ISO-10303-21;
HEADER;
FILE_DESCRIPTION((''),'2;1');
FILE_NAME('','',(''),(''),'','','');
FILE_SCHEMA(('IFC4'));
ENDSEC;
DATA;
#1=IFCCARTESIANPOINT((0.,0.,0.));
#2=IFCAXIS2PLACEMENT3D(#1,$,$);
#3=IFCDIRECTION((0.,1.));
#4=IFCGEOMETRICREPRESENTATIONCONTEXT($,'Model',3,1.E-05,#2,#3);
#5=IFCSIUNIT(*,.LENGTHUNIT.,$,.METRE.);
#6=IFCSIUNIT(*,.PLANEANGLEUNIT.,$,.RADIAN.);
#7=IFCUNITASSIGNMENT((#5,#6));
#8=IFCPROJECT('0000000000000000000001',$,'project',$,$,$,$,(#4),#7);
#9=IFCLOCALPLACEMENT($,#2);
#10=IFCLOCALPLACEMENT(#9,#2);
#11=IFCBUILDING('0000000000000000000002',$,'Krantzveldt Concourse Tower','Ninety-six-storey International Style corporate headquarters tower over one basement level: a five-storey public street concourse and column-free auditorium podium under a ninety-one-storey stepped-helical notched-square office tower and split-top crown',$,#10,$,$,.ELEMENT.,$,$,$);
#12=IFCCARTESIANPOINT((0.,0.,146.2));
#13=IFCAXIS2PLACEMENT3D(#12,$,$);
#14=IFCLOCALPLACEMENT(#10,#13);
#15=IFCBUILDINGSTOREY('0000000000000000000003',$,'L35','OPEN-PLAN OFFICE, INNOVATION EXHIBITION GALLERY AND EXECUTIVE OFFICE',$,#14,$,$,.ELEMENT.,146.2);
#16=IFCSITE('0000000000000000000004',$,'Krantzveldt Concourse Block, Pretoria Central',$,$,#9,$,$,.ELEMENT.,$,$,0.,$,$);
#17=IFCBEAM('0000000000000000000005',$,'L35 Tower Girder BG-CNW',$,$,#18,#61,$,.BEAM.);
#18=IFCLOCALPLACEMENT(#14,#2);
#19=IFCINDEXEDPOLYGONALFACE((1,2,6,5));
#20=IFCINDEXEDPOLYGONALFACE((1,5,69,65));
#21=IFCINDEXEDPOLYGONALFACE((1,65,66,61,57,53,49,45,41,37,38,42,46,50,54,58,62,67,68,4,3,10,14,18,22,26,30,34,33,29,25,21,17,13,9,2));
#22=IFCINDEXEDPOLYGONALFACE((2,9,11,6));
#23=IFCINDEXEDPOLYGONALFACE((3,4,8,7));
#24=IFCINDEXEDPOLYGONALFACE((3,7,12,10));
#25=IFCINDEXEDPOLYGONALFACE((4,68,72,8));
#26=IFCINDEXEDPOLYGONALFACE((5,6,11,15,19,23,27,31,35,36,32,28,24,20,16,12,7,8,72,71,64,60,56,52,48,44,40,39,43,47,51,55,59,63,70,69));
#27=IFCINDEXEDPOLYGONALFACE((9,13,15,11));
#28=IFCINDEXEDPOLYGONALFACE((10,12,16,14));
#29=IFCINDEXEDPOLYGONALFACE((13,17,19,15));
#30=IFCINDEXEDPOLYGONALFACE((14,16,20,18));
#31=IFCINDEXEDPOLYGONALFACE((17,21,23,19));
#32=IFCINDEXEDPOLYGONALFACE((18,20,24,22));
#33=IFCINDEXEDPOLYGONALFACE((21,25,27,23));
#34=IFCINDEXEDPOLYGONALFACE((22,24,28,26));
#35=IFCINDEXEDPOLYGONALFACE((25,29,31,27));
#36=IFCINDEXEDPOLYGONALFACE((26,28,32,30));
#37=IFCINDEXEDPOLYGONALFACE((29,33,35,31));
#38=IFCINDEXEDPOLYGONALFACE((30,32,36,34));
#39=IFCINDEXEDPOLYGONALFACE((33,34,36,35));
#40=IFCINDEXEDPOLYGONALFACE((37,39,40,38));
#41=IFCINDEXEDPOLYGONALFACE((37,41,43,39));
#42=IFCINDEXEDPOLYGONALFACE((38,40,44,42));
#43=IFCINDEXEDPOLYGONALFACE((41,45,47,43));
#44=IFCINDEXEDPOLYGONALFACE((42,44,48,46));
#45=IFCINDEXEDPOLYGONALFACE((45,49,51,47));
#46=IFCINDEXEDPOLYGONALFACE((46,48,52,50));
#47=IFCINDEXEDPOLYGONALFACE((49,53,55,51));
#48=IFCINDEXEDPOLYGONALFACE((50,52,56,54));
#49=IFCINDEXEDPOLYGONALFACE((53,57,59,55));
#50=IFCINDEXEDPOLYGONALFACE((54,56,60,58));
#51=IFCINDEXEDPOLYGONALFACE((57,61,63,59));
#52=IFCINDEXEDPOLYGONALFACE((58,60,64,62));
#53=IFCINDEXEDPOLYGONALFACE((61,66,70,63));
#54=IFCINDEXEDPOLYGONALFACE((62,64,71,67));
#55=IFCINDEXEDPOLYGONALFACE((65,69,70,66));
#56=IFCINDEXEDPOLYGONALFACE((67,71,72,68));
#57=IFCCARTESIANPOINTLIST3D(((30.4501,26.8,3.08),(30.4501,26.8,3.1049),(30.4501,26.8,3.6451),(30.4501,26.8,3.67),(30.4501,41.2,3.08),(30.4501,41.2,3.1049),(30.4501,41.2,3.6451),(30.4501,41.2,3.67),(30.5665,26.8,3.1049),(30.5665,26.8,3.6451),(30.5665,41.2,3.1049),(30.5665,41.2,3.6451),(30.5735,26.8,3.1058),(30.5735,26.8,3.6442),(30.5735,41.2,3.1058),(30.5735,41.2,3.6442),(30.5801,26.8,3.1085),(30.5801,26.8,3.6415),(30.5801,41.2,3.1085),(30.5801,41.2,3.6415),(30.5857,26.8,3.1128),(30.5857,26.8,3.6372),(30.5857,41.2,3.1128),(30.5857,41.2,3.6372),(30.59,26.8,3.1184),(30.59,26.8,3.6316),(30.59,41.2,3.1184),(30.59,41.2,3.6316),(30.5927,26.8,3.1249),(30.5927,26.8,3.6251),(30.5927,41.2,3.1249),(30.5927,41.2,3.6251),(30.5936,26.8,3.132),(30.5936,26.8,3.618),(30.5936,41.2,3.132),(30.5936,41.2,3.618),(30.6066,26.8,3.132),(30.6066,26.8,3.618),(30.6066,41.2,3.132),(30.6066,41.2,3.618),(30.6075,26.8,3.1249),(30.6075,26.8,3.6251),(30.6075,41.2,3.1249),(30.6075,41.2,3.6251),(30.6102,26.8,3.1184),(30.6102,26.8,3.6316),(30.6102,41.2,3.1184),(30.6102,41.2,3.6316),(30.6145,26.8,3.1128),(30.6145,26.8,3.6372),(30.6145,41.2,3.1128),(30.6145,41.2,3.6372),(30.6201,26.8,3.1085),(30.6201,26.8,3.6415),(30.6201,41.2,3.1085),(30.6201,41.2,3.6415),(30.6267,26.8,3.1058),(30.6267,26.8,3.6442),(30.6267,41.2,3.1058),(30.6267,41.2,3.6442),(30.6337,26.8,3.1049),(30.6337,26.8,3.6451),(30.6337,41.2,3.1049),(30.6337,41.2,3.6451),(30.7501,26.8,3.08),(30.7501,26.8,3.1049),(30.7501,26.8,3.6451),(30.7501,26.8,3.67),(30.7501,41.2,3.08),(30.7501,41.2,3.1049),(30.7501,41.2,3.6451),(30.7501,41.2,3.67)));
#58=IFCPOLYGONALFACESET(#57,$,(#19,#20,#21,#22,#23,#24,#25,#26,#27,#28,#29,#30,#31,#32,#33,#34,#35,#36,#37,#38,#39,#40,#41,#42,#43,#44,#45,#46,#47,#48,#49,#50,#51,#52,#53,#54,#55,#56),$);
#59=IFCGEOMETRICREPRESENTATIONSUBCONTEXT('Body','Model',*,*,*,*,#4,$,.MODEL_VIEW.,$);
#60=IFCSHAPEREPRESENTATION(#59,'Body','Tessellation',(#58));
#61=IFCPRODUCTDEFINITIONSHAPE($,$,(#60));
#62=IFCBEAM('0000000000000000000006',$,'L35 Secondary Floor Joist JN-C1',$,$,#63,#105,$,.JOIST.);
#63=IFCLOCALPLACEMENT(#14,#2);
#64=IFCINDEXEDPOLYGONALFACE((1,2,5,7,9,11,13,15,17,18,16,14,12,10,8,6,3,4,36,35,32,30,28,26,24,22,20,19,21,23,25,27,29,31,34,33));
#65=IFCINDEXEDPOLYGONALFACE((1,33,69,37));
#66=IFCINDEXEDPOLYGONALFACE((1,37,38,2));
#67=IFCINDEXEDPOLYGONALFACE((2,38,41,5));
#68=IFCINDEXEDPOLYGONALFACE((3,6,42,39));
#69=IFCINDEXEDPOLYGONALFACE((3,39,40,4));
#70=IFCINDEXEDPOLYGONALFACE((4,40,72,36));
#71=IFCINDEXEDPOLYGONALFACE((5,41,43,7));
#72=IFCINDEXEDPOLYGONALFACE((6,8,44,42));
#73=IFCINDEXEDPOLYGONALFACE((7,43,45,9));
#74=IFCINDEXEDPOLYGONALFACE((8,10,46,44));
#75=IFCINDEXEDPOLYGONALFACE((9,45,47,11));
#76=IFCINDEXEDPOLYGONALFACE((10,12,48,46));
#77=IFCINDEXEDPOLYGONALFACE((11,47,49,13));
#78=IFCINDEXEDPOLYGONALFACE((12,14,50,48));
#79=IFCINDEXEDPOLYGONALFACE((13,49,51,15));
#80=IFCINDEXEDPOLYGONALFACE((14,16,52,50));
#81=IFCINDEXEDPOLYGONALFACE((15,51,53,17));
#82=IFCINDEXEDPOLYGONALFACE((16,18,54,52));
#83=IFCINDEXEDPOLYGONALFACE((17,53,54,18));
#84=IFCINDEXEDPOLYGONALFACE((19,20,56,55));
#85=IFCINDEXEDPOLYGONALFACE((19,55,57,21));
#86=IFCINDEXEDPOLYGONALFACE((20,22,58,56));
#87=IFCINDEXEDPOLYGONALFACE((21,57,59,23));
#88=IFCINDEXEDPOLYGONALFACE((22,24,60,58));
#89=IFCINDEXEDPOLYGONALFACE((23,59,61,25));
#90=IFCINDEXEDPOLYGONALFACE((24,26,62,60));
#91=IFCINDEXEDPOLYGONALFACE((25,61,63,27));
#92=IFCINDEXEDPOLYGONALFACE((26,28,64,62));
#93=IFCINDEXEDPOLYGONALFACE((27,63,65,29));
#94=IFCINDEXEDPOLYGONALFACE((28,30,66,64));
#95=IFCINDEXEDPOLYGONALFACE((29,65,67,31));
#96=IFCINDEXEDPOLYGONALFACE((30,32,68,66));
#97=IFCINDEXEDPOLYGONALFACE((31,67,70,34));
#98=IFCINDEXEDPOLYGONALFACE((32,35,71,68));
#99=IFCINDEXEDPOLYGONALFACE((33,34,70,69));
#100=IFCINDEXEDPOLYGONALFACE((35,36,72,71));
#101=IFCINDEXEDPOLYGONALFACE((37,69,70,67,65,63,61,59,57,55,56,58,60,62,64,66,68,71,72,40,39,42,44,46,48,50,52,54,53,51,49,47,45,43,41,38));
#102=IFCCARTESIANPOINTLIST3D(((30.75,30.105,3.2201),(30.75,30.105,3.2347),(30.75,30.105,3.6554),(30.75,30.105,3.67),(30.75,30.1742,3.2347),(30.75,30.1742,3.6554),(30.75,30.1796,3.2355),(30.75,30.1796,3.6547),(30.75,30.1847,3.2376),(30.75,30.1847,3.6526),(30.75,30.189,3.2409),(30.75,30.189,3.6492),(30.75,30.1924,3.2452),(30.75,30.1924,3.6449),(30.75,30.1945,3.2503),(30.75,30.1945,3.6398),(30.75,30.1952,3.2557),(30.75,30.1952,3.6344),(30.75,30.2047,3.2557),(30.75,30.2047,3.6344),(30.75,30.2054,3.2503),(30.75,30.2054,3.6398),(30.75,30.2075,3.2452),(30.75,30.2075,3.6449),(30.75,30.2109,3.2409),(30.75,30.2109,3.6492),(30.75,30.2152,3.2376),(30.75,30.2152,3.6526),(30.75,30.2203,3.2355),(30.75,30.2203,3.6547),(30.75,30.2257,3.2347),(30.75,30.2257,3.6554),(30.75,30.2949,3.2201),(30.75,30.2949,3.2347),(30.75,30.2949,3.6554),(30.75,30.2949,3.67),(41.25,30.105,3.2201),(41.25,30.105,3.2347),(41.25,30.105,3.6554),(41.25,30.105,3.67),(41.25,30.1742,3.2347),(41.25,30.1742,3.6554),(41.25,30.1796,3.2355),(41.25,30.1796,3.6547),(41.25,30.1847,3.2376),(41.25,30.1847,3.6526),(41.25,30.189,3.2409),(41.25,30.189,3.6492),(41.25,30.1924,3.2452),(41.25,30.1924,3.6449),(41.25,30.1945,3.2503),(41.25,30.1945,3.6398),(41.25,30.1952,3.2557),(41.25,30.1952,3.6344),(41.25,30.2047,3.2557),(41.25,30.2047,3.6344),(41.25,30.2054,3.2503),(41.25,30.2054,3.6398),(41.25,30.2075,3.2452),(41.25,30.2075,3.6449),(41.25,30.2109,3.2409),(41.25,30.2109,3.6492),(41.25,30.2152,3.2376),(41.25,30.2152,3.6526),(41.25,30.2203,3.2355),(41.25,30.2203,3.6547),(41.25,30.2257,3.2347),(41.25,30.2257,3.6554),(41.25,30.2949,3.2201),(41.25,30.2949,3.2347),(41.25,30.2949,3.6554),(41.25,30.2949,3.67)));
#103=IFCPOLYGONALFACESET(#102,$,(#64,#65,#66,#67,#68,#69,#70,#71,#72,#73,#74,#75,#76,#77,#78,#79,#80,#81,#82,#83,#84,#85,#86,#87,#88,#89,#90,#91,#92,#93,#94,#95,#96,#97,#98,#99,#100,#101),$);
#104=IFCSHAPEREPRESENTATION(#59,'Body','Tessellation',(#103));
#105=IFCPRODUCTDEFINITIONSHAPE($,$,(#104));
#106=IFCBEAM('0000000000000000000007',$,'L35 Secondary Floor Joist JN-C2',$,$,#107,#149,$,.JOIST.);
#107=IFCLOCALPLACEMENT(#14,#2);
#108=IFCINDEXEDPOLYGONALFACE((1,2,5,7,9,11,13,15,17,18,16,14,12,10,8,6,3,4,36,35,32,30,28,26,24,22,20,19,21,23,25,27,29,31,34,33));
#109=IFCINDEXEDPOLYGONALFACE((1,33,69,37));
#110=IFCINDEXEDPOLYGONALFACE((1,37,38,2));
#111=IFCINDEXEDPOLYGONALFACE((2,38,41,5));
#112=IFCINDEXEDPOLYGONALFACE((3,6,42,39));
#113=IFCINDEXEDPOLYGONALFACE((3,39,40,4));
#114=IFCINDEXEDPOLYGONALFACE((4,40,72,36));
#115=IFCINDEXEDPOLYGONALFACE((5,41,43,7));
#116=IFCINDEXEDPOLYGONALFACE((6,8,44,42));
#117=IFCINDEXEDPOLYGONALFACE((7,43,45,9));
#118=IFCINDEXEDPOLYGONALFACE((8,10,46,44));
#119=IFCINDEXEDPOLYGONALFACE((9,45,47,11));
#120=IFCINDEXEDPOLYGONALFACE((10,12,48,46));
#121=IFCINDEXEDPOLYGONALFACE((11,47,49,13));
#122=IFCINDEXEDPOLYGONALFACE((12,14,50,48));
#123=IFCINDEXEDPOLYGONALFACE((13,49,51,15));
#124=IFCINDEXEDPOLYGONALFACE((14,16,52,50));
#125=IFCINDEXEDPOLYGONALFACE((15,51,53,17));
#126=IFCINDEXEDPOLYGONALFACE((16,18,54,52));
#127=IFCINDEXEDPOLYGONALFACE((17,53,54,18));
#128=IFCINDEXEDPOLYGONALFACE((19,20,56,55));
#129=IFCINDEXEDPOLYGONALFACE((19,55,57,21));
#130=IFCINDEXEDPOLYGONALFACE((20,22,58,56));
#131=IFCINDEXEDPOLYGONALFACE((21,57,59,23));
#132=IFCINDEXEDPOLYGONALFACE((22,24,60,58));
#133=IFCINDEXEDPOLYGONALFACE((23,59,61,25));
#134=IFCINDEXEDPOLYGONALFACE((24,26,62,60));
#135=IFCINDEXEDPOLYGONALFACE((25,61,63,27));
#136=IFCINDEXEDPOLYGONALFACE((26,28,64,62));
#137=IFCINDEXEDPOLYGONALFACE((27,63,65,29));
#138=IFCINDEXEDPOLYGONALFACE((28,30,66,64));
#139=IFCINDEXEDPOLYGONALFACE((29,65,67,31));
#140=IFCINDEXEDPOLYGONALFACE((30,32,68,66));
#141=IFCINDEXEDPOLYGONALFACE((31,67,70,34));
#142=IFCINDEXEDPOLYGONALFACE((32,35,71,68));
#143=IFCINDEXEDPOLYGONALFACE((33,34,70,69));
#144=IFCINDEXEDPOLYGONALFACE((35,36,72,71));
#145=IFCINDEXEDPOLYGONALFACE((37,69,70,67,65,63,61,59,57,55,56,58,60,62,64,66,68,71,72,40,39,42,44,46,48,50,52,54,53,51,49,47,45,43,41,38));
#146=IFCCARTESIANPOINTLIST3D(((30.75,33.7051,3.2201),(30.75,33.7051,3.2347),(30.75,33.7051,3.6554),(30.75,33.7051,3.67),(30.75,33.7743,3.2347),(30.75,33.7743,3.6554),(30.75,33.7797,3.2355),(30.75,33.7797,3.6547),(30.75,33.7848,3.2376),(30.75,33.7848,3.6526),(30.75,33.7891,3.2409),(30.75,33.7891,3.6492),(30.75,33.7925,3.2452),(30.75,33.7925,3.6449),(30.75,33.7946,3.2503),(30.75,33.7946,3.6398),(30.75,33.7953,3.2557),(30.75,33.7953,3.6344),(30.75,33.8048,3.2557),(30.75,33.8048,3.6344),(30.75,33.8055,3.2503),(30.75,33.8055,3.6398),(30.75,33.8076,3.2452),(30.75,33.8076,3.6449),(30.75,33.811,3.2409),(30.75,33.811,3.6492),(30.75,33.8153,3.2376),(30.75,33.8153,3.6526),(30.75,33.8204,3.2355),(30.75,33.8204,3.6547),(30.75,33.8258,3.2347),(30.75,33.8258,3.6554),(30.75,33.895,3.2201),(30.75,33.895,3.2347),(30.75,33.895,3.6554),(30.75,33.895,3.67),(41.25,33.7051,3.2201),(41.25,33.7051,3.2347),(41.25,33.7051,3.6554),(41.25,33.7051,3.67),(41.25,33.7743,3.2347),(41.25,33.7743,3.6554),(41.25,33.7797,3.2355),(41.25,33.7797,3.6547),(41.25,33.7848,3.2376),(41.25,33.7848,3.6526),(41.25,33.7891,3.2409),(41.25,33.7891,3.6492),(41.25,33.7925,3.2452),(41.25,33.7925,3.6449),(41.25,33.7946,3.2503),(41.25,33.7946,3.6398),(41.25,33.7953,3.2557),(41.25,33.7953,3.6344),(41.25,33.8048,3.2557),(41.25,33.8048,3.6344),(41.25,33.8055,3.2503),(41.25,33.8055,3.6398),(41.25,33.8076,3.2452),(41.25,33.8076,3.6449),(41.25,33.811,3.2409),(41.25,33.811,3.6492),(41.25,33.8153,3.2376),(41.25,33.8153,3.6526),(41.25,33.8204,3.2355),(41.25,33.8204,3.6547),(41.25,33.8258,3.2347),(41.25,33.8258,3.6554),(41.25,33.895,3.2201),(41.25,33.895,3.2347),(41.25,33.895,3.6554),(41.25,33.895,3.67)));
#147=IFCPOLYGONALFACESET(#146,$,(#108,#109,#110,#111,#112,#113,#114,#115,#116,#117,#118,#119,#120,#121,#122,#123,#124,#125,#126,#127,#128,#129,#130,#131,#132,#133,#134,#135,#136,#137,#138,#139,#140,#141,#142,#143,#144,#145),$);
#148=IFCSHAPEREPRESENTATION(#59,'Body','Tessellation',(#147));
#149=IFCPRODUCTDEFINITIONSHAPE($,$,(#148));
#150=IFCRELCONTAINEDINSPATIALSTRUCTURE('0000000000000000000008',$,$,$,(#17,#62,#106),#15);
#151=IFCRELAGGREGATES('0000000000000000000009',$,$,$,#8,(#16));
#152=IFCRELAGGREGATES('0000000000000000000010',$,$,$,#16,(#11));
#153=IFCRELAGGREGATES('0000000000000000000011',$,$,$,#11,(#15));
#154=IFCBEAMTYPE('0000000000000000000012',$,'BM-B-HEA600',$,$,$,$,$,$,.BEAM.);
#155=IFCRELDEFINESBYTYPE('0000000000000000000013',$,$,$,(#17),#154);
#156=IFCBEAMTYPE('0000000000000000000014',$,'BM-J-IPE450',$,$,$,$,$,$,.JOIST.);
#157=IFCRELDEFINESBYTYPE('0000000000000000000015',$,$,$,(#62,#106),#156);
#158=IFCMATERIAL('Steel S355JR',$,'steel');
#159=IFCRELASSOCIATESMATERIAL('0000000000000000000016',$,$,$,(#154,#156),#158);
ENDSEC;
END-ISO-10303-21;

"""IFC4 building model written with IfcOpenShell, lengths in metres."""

from ifc_helpers import new_model, si_unit, direction, frame, origin, origin_2d, place, context, subcontext, project, spatial, i_section, extrude, source, transform, mapped, material, material_profile, profile_set, type_object, type_shapes, element, save


model = new_model("IFC4")

# Units and contexts
model_context = context("Model", 3, precision=1e-05, world=origin(), true_north=direction((0.0, 1.0)))
body_context = subcontext(model_context, "Body", "Model", "MODEL_VIEW")
ifc_project = project(units=[si_unit("LENGTHUNIT", "METRE"), si_unit("PLANEANGLEUNIT", "RADIAN")], contexts=[model_context])

# Site, building, storey
site_placement = place(None, origin())
site = spatial("IfcSite", under=ifc_project, at=site_placement, Name="Krantzveldt Concourse Block, Pretoria Central", CompositionType="ELEMENT", RefElevation=0.0)
building_placement = place(site_placement, origin())
building = spatial("IfcBuilding", under=site, at=building_placement, Name="Krantzveldt Concourse Tower", Description="Ninety-six-storey International Style corporate headquarters tower over one basement level: a five-storey public street concourse and column-free auditorium podium under a ninety-one-storey stepped-helical notched-square office tower and split-top crown", CompositionType="ELEMENT")
storey_placement = place(building_placement, frame((0.0, 0.0, 146.2)))
storey = spatial("IfcBuildingStorey", under=building, at=storey_placement, Name="L35", Description="OPEN-PLAN OFFICE, INNOVATION EXHIBITION GALLERY AND EXECUTIVE OFFICE", CompositionType="ELEMENT", Elevation=146.2)

# Beams
ifc_material_1 = material(Name="Steel S355JR", Category="steel")
ifc_material_profile_1 = material_profile(ifc_material_1, i_section(OverallWidth=0.3, OverallDepth=0.5901, WebThickness=0.0129, FlangeThickness=0.0249, FilletRadius=0.0271, at=origin_2d()), Name="Steel S355JR", Category="steel")
ifc_profile_set_1 = profile_set([ifc_material_profile_1], Name="Steel S355JR - HEA 600")
beam_type_1 = type_object("IfcBeamType", Name="BM-B-HEA600", PredefinedType="BEAM", material=ifc_profile_set_1)
shared_shape_1 = source(origin(), body_context, "Body", "SweptSolid", [
    extrude(i_section(OverallWidth=0.3, OverallDepth=0.5901, WebThickness=0.0129, FlangeThickness=0.0249, FilletRadius=0.0271, at=origin_2d()), origin(), (0.0, 0.0, 1.0), 14.3999),
])
type_shapes(beam_type_1, [shared_shape_1])
beam_placement = place(storey_placement, frame((30.6001, 26.8, 3.375), z_axis=(0.0, 1.0, 0.0), x_axis=(-1.0, 0.0, 0.0)))
element("IfcBeam", 1, at=beam_placement, inside=storey, type_object=beam_type_1, Name="L35 Tower Girder BG-CNW", PredefinedType="BEAM", context=body_context, shape_type="MappedRepresentation", body=[
    mapped(shared_shape_1, transform((0.0, 0.0, 0.0), x_axis=(1.0, 0.0, 0.0), y_axis=(0.0, 1.0, 0.0), z_axis=(0.0, 0.0, 1.0), scale=1.0)),
])
ifc_material_profile_2 = material_profile(ifc_material_1, i_section(OverallWidth=0.1899, OverallDepth=0.45, WebThickness=0.0095, FlangeThickness=0.0146, FilletRadius=0.021, at=origin_2d()), Name="Steel S355JR", Category="steel")
ifc_profile_set_2 = profile_set([ifc_material_profile_2], Name="Steel S355JR - IPE 450")
beam_type_2 = type_object("IfcBeamType", Name="BM-J-IPE450", PredefinedType="JOIST", material=ifc_profile_set_2)
shared_shape_2 = source(origin(), body_context, "Body", "SweptSolid", [
    extrude(i_section(OverallWidth=0.1899, OverallDepth=0.45, WebThickness=0.0095, FlangeThickness=0.0146, FilletRadius=0.021, at=origin_2d()), origin(), (0.0, 0.0, 1.0), 10.5),
])
type_shapes(beam_type_2, [shared_shape_2])
for number, where, z_axis, x_axis, name in (
    (2, (30.75, 30.2, 3.4451), (1.0, 0.0, 0.0), (0.0, 1.0, 0.0), "L35 Secondary Floor Joist JN-C1"),
    (3, (30.75, 33.8, 3.4451), (1.0, 0.0, 0.0), (0.0, 1.0, 0.0), "L35 Secondary Floor Joist JN-C2"),
):
    element("IfcBeam", number, at=place(storey_placement, frame(where, z_axis=z_axis, x_axis=x_axis)), inside=storey, type_object=beam_type_2, Name=name, PredefinedType="JOIST", context=body_context, shape_type="MappedRepresentation", body=[
        mapped(shared_shape_2, transform((0.0, 0.0, 0.0), x_axis=(1.0, 0.0, 0.0), y_axis=(0.0, 1.0, 0.0), z_axis=(0.0, 0.0, 1.0), scale=1.0)),
    ])

save(model, "model.ifc")
